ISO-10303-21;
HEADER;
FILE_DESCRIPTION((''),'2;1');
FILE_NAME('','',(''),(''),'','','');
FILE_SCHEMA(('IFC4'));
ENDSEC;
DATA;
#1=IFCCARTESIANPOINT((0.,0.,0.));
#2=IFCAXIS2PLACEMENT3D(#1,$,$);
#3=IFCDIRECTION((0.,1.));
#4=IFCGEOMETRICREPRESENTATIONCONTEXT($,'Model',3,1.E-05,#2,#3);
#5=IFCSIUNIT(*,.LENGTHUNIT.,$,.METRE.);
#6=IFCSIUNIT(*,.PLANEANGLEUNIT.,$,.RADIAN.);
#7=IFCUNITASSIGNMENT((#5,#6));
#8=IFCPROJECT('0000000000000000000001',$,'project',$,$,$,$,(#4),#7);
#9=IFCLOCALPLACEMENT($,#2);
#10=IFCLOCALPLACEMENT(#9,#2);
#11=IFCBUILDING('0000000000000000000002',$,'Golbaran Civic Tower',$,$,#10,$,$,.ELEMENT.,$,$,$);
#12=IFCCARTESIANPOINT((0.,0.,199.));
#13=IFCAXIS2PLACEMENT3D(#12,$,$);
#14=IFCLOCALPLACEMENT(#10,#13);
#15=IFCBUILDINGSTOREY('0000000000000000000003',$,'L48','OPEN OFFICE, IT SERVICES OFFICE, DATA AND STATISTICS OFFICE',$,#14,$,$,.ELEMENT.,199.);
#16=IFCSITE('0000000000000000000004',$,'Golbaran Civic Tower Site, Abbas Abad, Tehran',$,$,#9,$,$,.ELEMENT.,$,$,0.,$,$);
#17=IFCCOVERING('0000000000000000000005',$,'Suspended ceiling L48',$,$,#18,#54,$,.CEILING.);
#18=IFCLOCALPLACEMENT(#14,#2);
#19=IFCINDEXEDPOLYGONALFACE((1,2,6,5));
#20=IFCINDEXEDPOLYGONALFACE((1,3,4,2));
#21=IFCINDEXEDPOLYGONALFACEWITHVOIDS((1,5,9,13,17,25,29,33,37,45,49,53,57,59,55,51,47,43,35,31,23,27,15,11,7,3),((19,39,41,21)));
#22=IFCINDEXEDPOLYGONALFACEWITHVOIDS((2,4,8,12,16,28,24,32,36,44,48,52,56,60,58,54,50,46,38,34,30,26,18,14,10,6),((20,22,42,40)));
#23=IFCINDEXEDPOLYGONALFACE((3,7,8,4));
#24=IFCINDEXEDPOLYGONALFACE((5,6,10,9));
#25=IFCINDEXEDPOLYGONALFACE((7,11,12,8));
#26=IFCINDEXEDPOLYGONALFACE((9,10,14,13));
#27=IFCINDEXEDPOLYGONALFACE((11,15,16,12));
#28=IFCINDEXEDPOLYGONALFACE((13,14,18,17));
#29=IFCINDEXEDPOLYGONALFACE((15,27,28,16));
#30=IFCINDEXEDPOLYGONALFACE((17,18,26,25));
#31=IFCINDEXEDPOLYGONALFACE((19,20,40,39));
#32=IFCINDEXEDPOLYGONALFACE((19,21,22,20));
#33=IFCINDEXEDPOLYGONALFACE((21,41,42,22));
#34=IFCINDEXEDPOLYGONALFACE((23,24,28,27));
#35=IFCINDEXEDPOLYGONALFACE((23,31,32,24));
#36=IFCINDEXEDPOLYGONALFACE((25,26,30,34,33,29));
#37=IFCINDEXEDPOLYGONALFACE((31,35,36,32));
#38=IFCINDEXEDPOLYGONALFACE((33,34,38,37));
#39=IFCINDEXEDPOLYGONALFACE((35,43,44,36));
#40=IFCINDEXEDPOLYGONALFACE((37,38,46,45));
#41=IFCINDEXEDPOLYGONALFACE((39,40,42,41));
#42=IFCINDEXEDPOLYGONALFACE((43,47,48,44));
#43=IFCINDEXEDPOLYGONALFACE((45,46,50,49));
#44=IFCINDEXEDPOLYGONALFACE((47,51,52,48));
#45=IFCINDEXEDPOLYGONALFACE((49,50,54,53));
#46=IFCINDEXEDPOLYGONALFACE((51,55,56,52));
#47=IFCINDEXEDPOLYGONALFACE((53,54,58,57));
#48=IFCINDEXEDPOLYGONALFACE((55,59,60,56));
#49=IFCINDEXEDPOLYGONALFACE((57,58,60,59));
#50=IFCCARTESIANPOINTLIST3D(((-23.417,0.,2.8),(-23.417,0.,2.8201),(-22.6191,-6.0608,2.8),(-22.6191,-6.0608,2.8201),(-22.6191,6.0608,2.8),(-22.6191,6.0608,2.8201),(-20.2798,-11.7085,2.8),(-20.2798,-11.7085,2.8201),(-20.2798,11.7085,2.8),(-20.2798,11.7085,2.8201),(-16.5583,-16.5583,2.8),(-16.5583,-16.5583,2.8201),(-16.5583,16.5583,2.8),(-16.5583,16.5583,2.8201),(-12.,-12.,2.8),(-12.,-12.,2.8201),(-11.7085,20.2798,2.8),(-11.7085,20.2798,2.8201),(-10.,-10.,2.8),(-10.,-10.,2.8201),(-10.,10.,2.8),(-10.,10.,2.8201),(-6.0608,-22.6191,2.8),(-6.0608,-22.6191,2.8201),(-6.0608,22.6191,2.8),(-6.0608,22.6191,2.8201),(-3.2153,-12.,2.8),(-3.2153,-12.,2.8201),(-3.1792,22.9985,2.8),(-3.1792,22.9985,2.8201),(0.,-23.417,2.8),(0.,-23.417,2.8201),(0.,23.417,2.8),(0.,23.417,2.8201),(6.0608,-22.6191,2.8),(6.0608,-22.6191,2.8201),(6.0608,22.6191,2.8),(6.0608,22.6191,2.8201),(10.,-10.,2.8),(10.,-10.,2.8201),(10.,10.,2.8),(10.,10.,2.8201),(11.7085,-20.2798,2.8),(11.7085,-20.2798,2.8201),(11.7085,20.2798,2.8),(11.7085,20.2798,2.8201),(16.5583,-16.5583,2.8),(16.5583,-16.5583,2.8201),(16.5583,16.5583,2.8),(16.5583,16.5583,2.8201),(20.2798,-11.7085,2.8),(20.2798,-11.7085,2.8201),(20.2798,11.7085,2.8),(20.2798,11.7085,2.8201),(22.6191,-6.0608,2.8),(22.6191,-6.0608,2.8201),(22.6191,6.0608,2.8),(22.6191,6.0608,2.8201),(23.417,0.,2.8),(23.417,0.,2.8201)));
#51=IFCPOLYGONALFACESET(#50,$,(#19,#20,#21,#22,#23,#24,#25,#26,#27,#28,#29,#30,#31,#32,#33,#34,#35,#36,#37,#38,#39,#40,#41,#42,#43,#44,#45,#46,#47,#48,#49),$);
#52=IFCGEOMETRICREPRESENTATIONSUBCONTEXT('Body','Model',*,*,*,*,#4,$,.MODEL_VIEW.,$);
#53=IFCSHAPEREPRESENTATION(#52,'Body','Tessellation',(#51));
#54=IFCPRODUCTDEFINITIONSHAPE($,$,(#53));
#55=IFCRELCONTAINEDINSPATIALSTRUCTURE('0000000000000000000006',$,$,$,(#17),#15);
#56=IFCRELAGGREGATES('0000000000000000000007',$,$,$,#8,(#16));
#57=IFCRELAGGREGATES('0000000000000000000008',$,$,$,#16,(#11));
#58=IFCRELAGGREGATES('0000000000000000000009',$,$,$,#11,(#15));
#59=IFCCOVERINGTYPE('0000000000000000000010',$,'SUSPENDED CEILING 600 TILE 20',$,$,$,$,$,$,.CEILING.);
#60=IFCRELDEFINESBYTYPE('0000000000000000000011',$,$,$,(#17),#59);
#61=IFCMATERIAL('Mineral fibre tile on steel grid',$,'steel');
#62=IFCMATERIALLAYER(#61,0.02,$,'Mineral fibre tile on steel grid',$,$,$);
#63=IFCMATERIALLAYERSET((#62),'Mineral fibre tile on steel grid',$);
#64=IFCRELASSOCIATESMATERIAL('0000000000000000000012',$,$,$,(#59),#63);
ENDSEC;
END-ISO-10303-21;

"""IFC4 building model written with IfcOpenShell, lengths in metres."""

from ifc_helpers import new_model, si_unit, direction, frame, origin, place, context, subcontext, project, spatial, polyline, outline, extrude, material, layer, layer_set, type_object, element, save


model = new_model("IFC4")

# Units and contexts
model_context = context("Model", 3, precision=1e-05, world=origin(), true_north=direction((0.0, 1.0)))
body_context = subcontext(model_context, "Body", "Model", "MODEL_VIEW")
ifc_project = project(units=[si_unit("LENGTHUNIT", "METRE"), si_unit("PLANEANGLEUNIT", "RADIAN")], contexts=[model_context])

# Site, building, storey
site_placement = place(None, origin())
site = spatial("IfcSite", under=ifc_project, at=site_placement, Name="Golbaran Civic Tower Site, Abbas Abad, Tehran", CompositionType="ELEMENT", RefElevation=0.0)
building_placement = place(site_placement, origin())
building = spatial("IfcBuilding", under=site, at=building_placement, Name="Golbaran Civic Tower", CompositionType="ELEMENT")
storey_placement = place(building_placement, frame((0.0, 0.0, 199.0)))
storey = spatial("IfcBuildingStorey", under=building, at=storey_placement, Name="L48", Description="OPEN OFFICE, IT SERVICES OFFICE, DATA AND STATISTICS OFFICE", CompositionType="ELEMENT", Elevation=199.0)

# Covering
ifc_material_1 = material(Name="Mineral fibre tile on steel grid", Category="steel")
ifc_layer_1 = layer(ifc_material_1, 0.02, Name="Mineral fibre tile on steel grid")
ifc_layer_set_1 = layer_set([ifc_layer_1], Name="Mineral fibre tile on steel grid")
covering_type = type_object("IfcCoveringType", Name="SUSPENDED CEILING 600 TILE 20", PredefinedType="CEILING", material=ifc_layer_set_1)
covering_placement = place(storey_placement, frame((0.0, 0.0, 2.8)))
element("IfcCovering", 1, at=covering_placement, inside=storey, type_object=covering_type, Name="Suspended ceiling L48", PredefinedType="CEILING", context=body_context, shape_type="SweptSolid", body=[
    extrude(outline(polyline([(-20.2798, 11.7085), (-16.5583, 16.5583), (-11.7085, 20.2798), (-6.0608, 22.6191), (-3.1792, 22.9985), (0.0, 23.417), (6.0608, 22.6191), (11.7085, 20.2798), (16.5583, 16.5583), (20.2798, 11.7085), (22.6191, 6.0608), (23.417, 0.0), (22.6191, -6.0608), (20.2798, -11.7085), (16.5583, -16.5583), (11.7085, -20.2798), (6.0608, -22.6191), (0.0, -23.417), (-6.0608, -22.6191), (-3.2153, -12.0), (-12.0, -12.0), (-16.5583, -16.5583), (-20.2798, -11.7085), (-22.6191, -6.0608), (-23.417, 0.0), (-22.6191, 6.0608), (-20.2798, 11.7085)]), holes=[polyline([(-10.0, 10.0), (-10.0, -10.0), (10.0, -10.0), (10.0, 10.0), (-10.0, 10.0)])]), origin(), (0.0, 0.0, 1.0), 0.02),
])

save(model, "model.ifc")
